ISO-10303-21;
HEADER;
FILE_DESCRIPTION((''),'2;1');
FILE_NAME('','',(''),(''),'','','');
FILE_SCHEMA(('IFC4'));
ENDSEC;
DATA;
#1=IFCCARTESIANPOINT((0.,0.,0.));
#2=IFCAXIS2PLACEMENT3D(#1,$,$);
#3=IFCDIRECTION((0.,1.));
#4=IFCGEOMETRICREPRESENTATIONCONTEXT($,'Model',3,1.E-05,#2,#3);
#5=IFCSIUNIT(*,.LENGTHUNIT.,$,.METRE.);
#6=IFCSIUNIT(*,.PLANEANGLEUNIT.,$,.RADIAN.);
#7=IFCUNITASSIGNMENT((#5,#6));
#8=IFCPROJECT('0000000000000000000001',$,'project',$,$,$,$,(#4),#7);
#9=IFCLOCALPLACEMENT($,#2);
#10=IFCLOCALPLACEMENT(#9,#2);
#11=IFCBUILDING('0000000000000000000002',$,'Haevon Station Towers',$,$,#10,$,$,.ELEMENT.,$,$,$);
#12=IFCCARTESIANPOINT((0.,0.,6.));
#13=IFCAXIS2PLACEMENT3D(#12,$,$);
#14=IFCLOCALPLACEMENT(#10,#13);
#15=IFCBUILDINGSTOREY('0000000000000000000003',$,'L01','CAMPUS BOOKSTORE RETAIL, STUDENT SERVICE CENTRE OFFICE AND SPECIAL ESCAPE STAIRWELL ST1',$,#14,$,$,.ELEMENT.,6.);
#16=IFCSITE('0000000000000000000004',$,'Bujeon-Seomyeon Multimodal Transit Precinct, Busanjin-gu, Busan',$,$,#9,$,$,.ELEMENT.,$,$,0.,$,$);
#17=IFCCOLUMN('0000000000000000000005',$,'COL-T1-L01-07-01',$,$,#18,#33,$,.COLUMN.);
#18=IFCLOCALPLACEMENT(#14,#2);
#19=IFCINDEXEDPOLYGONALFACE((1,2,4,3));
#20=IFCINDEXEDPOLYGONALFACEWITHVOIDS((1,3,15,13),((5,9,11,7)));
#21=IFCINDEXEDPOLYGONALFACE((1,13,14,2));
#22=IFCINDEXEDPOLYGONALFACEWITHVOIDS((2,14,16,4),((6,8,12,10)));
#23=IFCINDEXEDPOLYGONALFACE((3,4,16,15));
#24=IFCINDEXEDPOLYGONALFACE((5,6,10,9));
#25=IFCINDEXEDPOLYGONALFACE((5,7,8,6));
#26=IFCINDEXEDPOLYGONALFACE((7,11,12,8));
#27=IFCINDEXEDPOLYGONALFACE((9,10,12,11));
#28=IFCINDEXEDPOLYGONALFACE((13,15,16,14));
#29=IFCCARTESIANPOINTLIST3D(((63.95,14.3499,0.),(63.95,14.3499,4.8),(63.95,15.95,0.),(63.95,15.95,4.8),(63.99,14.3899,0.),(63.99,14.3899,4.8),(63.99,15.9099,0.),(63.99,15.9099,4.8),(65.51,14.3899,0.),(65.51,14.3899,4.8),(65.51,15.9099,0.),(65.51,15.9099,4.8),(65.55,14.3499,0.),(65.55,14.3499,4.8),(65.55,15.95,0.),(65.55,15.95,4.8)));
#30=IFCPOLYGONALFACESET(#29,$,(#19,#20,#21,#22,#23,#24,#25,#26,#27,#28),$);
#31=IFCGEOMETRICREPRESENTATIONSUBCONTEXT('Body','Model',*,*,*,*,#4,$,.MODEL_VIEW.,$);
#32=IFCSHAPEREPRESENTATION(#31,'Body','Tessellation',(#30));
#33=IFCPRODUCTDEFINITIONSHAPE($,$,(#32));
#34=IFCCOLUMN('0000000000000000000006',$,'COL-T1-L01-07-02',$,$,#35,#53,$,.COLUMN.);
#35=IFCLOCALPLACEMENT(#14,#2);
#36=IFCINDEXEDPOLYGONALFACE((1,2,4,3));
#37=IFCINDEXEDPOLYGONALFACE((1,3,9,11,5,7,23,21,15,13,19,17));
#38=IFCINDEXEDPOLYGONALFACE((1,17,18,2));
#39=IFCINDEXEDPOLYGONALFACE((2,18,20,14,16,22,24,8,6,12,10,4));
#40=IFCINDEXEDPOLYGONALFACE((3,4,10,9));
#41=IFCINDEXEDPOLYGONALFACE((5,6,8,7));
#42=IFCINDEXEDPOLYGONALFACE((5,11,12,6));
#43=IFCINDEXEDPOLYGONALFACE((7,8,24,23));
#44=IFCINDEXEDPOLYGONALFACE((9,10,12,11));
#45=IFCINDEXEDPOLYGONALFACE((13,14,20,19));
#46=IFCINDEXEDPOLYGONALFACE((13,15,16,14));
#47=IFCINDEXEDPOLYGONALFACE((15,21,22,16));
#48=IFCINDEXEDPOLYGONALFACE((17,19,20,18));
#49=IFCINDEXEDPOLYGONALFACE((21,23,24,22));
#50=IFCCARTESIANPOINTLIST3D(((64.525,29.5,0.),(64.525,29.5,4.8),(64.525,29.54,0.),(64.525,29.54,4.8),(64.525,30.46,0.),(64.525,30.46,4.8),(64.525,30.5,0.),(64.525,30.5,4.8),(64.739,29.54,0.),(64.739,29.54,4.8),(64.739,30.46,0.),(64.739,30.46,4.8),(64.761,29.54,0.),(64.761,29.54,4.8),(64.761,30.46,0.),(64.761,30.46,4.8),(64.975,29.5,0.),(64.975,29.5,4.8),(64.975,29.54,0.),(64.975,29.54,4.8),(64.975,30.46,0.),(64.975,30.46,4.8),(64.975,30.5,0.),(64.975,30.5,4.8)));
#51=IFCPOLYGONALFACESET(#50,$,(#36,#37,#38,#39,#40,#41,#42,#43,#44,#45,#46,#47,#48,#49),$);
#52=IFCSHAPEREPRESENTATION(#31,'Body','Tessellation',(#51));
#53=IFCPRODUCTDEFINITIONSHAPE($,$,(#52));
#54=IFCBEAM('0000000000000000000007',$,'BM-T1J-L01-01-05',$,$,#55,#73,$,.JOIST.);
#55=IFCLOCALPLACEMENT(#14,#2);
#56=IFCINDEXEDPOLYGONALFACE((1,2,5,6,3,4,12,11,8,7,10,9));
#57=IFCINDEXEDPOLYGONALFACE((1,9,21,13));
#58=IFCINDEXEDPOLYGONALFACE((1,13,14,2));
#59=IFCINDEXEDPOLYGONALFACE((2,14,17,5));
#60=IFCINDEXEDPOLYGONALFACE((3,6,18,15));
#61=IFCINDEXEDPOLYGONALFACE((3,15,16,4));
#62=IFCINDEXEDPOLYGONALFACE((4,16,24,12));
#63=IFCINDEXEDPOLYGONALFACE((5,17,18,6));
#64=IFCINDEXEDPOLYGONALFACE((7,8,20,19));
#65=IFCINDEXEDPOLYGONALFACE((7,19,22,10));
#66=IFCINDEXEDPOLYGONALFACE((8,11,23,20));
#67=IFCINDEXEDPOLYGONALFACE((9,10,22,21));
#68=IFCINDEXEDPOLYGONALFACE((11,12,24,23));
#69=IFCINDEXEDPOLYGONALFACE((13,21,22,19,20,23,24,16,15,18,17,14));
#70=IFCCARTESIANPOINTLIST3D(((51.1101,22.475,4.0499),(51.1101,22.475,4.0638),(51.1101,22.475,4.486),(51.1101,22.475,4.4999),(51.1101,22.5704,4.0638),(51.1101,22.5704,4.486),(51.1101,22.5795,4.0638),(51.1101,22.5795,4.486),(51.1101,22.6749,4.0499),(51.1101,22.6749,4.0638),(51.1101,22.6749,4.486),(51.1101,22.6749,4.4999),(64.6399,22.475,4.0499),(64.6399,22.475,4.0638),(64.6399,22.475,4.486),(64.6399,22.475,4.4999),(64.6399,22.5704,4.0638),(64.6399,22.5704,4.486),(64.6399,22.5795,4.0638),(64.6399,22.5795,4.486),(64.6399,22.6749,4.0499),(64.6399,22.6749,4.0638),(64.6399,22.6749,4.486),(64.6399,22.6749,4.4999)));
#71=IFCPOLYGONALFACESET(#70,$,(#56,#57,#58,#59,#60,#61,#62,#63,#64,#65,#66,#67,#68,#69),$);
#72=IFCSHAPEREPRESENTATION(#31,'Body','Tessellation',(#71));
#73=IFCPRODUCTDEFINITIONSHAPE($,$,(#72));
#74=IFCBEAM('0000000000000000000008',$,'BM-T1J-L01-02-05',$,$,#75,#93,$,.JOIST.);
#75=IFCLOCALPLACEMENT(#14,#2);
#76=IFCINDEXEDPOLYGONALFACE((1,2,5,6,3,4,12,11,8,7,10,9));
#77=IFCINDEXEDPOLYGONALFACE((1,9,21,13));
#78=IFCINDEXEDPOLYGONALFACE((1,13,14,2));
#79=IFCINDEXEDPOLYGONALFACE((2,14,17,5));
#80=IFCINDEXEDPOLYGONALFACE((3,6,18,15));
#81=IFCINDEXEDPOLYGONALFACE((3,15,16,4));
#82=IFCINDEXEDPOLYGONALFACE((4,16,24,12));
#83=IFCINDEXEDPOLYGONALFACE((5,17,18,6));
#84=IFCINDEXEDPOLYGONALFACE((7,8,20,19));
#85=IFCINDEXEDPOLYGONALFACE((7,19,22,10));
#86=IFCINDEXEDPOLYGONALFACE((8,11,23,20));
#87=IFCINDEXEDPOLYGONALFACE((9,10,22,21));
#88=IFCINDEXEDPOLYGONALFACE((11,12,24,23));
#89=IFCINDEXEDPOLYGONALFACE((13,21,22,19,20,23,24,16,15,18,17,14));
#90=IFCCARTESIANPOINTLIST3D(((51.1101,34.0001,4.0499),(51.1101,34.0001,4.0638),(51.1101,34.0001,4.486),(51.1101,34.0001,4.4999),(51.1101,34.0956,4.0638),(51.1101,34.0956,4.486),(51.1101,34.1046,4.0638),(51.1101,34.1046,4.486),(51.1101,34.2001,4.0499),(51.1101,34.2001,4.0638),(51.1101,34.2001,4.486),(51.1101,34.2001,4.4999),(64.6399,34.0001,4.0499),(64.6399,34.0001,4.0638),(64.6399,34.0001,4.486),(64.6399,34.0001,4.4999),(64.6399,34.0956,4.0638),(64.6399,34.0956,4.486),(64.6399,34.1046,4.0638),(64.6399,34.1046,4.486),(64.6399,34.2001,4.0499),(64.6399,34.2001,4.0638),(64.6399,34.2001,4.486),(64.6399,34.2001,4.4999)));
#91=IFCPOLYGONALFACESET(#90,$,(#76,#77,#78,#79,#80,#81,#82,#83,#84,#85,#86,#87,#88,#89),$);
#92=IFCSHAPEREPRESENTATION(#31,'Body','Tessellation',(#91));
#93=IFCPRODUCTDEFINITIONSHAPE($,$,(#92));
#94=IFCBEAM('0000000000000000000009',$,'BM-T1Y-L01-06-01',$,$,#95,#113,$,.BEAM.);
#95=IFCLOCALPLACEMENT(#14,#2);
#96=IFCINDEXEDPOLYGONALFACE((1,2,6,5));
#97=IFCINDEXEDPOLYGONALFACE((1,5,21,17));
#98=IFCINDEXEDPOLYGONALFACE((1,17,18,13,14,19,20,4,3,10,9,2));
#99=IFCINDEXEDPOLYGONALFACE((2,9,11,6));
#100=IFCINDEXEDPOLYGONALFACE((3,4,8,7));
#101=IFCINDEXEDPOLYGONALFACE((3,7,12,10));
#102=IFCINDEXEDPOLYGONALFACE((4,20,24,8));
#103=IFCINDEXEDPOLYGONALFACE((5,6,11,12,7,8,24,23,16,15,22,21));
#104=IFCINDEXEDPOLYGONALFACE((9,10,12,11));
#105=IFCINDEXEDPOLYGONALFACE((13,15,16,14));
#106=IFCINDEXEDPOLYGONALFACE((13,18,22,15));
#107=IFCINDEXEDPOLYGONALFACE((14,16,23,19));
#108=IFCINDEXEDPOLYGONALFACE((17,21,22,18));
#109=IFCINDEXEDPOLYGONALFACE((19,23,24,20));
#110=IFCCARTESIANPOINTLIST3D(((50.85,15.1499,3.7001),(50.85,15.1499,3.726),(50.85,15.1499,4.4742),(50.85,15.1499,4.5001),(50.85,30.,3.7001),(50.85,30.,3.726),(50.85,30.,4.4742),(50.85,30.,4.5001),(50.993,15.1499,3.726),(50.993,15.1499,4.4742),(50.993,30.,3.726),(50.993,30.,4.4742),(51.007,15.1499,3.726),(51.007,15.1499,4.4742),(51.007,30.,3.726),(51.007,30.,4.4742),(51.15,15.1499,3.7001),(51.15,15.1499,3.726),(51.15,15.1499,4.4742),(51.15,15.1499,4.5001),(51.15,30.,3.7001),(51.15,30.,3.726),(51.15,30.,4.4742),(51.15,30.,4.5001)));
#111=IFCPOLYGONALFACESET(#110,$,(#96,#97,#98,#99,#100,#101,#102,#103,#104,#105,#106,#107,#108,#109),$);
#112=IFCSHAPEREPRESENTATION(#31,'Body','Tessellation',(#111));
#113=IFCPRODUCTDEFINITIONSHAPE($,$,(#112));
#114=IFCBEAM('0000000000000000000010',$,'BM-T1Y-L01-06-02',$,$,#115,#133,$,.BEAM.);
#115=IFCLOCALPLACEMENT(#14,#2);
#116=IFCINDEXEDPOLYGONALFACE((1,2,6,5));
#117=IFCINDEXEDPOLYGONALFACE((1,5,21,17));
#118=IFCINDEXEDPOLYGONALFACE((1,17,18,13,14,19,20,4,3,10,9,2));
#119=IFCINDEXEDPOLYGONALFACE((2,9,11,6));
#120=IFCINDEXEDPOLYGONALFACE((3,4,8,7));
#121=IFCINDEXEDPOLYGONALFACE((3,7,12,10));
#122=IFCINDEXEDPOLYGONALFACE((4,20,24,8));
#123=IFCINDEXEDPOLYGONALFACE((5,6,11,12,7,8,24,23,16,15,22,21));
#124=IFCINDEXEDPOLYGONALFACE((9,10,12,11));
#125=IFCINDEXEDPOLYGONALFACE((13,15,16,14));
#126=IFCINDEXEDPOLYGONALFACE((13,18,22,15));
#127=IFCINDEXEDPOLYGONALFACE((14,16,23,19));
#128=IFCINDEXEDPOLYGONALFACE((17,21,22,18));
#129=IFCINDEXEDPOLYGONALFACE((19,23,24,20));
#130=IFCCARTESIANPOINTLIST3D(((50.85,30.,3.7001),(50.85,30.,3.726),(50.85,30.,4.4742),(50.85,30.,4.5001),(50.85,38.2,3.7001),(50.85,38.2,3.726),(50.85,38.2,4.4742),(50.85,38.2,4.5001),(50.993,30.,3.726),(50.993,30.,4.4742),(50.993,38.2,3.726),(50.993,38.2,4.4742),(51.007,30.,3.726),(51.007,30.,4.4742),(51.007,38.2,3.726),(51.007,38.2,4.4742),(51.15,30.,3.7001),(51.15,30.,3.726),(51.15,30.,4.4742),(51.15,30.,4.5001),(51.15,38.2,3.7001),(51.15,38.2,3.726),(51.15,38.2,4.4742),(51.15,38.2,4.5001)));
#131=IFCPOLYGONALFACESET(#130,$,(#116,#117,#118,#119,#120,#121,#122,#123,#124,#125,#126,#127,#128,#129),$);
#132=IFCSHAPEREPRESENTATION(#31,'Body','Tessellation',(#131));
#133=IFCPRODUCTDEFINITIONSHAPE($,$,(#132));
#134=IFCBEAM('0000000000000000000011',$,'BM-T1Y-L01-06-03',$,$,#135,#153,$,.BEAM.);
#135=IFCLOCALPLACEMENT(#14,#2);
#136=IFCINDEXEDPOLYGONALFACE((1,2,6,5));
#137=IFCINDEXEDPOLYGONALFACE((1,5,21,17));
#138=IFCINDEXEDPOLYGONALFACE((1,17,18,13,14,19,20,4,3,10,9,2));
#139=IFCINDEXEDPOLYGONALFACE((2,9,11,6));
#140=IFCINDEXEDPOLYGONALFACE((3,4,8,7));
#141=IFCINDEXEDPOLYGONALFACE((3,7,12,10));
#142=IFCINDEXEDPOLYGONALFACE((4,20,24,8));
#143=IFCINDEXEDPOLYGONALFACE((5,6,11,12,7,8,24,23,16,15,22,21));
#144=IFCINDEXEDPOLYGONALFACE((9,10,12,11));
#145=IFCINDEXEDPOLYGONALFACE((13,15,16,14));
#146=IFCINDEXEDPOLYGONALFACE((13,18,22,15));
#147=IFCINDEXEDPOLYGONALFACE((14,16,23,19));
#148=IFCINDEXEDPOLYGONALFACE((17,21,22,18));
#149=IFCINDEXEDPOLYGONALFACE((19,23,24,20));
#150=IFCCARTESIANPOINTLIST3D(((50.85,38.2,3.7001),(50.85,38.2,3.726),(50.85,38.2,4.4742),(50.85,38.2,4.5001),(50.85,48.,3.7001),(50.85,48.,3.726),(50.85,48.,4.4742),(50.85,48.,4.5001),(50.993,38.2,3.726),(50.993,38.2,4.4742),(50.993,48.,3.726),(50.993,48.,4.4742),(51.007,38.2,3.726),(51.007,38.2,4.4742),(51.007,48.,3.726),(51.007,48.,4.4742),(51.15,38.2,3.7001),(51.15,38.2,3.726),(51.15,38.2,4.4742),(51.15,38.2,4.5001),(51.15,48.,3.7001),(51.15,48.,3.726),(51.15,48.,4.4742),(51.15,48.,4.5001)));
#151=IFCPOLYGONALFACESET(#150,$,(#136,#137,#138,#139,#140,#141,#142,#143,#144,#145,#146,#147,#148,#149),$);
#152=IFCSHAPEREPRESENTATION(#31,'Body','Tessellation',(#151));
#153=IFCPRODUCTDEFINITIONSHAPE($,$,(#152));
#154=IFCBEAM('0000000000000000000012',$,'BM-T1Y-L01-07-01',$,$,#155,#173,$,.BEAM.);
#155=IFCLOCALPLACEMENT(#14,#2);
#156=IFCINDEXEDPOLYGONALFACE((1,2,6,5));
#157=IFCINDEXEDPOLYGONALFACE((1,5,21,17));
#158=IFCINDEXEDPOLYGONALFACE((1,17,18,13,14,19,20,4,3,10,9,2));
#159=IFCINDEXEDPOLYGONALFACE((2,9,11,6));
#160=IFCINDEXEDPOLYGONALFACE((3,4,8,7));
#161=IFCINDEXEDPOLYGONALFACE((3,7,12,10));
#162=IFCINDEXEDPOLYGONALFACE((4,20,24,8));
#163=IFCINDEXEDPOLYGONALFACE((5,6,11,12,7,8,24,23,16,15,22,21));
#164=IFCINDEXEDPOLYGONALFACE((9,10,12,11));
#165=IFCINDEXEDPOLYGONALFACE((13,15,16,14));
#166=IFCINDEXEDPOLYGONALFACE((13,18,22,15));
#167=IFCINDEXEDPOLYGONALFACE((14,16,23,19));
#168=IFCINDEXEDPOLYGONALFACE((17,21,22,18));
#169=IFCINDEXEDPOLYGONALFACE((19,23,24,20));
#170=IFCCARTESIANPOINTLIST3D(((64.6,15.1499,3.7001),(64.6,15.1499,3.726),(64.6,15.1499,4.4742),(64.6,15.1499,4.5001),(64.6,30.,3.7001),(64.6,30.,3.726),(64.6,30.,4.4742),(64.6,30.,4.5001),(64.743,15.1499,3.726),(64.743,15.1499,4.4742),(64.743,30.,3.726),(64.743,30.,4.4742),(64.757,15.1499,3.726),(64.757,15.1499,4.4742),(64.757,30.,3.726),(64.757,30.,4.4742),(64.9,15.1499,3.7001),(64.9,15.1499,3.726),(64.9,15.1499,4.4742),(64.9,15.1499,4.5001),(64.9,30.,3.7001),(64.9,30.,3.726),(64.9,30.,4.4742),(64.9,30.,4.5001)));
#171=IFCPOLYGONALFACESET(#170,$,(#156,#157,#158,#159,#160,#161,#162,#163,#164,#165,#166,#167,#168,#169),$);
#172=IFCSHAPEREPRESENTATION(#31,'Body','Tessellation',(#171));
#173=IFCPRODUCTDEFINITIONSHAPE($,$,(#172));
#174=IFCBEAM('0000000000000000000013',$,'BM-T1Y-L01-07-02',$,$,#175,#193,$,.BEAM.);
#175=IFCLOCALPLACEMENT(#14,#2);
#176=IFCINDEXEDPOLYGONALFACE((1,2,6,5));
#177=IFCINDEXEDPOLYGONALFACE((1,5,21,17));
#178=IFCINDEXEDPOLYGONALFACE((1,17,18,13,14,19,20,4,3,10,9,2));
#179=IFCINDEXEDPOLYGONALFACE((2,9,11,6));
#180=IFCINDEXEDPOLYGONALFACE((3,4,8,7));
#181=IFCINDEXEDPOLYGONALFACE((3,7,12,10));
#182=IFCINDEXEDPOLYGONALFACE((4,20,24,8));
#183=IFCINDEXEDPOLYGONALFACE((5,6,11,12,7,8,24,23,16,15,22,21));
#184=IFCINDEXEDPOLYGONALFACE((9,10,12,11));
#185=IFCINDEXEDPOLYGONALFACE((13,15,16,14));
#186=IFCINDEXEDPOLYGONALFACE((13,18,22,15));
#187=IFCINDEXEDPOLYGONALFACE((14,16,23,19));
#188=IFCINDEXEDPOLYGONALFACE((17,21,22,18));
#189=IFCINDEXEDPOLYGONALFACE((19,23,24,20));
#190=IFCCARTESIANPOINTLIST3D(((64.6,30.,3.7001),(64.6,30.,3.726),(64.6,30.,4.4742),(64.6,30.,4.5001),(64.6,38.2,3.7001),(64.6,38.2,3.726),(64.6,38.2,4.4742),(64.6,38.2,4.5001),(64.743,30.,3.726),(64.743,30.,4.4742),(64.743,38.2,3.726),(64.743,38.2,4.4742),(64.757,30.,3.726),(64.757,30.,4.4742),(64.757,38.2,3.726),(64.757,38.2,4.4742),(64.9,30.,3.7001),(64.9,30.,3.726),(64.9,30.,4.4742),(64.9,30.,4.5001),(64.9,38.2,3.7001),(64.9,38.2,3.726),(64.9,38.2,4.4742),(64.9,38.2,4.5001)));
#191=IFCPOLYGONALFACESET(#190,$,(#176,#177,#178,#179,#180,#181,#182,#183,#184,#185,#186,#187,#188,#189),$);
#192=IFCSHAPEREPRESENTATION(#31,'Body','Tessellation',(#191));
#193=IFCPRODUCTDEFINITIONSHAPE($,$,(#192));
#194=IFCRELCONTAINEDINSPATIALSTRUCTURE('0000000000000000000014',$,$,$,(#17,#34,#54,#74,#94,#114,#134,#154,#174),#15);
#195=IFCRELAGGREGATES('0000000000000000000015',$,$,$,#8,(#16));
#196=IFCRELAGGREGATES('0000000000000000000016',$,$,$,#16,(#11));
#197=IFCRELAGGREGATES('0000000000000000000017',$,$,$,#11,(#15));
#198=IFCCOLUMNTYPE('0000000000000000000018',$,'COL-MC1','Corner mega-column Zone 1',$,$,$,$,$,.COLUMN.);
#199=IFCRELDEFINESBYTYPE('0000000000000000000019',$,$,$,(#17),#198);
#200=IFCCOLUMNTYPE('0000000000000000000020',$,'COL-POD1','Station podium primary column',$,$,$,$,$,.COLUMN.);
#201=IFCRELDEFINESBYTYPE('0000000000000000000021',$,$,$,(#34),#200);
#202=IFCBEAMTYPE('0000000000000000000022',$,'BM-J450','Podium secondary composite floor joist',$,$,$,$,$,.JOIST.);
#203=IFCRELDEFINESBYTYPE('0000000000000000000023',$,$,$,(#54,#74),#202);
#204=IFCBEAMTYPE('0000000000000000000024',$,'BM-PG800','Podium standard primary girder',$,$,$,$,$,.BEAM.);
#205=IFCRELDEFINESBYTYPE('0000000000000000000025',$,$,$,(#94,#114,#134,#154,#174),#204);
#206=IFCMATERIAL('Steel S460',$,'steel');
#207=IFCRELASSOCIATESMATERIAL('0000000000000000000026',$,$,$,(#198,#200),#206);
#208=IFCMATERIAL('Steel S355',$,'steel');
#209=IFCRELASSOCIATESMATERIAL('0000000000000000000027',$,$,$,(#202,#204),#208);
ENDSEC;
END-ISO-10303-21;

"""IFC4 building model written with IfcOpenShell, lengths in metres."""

from ifc_helpers import new_model, si_unit, direction, frame, origin, origin_2d, place, context, subcontext, project, spatial, hollow_rectangle, i_section, extrude, material, material_profile, profile_set, type_object, element, save


model = new_model("IFC4")

# Units and contexts
model_context = context("Model", 3, precision=1e-05, world=origin(), true_north=direction((0.0, 1.0)))
body_context = subcontext(model_context, "Body", "Model", "MODEL_VIEW")
ifc_project = project(units=[si_unit("LENGTHUNIT", "METRE"), si_unit("PLANEANGLEUNIT", "RADIAN")], contexts=[model_context])

# Site, building, storey
site_placement = place(None, origin())
site = spatial("IfcSite", under=ifc_project, at=site_placement, Name="Bujeon-Seomyeon Multimodal Transit Precinct, Busanjin-gu, Busan", CompositionType="ELEMENT", RefElevation=0.0)
building_placement = place(site_placement, origin())
building = spatial("IfcBuilding", under=site, at=building_placement, Name="Haevon Station Towers", CompositionType="ELEMENT")
storey_placement = place(building_placement, frame((0.0, 0.0, 6.0)))
storey = spatial("IfcBuildingStorey", under=building, at=storey_placement, Name="L01", Description="CAMPUS BOOKSTORE RETAIL, STUDENT SERVICE CENTRE OFFICE AND SPECIAL ESCAPE STAIRWELL ST1", CompositionType="ELEMENT", Elevation=6.0)

# Columns
ifc_material_1 = material(Name="Steel S460", Category="steel")
ifc_material_profile_1 = material_profile(ifc_material_1, hollow_rectangle(XDim=1.6001, YDim=1.6001, WallThickness=0.04, at=origin_2d()), Name="BOX-1600x1600x40")
ifc_profile_set_1 = profile_set([ifc_material_profile_1], Name="Steel S460")
column_type_1 = type_object("IfcColumnType", Name="COL-MC1", Description="Corner mega-column Zone 1", PredefinedType="COLUMN", material=ifc_profile_set_1)
column_1_placement = place(storey_placement, frame((64.75, 15.1499, 0.0), z_axis=(0.0, 0.0, 1.0), x_axis=(1.0, 0.0, 0.0)))
element("IfcColumn", 1, at=column_1_placement, inside=storey, type_object=column_type_1, Name="COL-T1-L01-07-01", PredefinedType="COLUMN", context=body_context, shape_type="SweptSolid", body=[
    extrude(hollow_rectangle(XDim=1.6001, YDim=1.6001, WallThickness=0.04, at=origin_2d()), origin(), (0.0, 0.0, 1.0), 4.8),
])
ifc_material_profile_2 = material_profile(ifc_material_1, i_section(OverallWidth=0.45, OverallDepth=1.0, WebThickness=0.022, FlangeThickness=0.04, at=origin_2d()), Name="H-1000x450x22x40")
ifc_profile_set_2 = profile_set([ifc_material_profile_2], Name="Steel S460")
column_type_2 = type_object("IfcColumnType", Name="COL-POD1", Description="Station podium primary column", PredefinedType="COLUMN", material=ifc_profile_set_2)
column_2_placement = place(storey_placement, frame((64.75, 30.0, 0.0), z_axis=(0.0, 0.0, 1.0), x_axis=(1.0, 0.0, 0.0)))
element("IfcColumn", 2, at=column_2_placement, inside=storey, type_object=column_type_2, Name="COL-T1-L01-07-02", PredefinedType="COLUMN", context=body_context, shape_type="SweptSolid", body=[
    extrude(i_section(OverallWidth=0.45, OverallDepth=1.0, WebThickness=0.022, FlangeThickness=0.04, at=origin_2d()), origin(), (0.0, 0.0, 1.0), 4.8),
])

# Beams
ifc_material_2 = material(Name="Steel S355", Category="steel")
ifc_material_profile_3 = material_profile(ifc_material_2, i_section(OverallWidth=0.2, OverallDepth=0.45, WebThickness=0.009, FlangeThickness=0.0139, at=origin_2d()), Name="H-450x200x9x14")
ifc_profile_set_3 = profile_set([ifc_material_profile_3], Name="Steel S355")
beam_type_1 = type_object("IfcBeamType", Name="BM-J450", Description="Podium secondary composite floor joist", PredefinedType="JOIST", material=ifc_profile_set_3)
for number, where, z_axis, x_axis, name in (
    (3, (51.1101, 22.575, 4.2749), (1.0, 0.0, 0.0), (0.0, 1.0, 0.0), "BM-T1J-L01-01-05"),
    (4, (51.1101, 34.1001, 4.2749), (1.0, 0.0, 0.0), (0.0, 1.0, 0.0), "BM-T1J-L01-02-05"),
):
    element("IfcBeam", number, at=place(storey_placement, frame(where, z_axis=z_axis, x_axis=x_axis)), inside=storey, type_object=beam_type_1, Name=name, PredefinedType="JOIST", context=body_context, shape_type="SweptSolid", body=[
        extrude(i_section(OverallWidth=0.2, OverallDepth=0.45, WebThickness=0.009, FlangeThickness=0.0139, at=origin_2d()), origin(), (0.0, 0.0, 1.0), 13.5298),
    ])
ifc_material_profile_4 = material_profile(ifc_material_2, i_section(OverallWidth=0.3, OverallDepth=0.8, WebThickness=0.0139, FlangeThickness=0.0259, at=origin_2d()), Name="H-800x300x14x26")
ifc_profile_set_4 = profile_set([ifc_material_profile_4], Name="Steel S355")
beam_type_2 = type_object("IfcBeamType", Name="BM-PG800", Description="Podium standard primary girder", PredefinedType="BEAM", material=ifc_profile_set_4)
beam_1_placement = place(storey_placement, frame((51.0, 15.1499, 4.1001), z_axis=(0.0, 1.0, 0.0), x_axis=(-1.0, 0.0, 0.0)))
element("IfcBeam", 5, at=beam_1_placement, inside=storey, type_object=beam_type_2, Name="BM-T1Y-L01-06-01", PredefinedType="BEAM", context=body_context, shape_type="SweptSolid", body=[
    extrude(i_section(OverallWidth=0.3, OverallDepth=0.8, WebThickness=0.0139, FlangeThickness=0.0259, at=origin_2d()), origin(), (0.0, 0.0, 1.0), 14.8501),
])
beam_2_placement = place(storey_placement, frame((51.0, 30.0, 4.1001), z_axis=(0.0, 1.0, 0.0), x_axis=(-1.0, 0.0, 0.0)))
element("IfcBeam", 6, at=beam_2_placement, inside=storey, type_object=beam_type_2, Name="BM-T1Y-L01-06-02", PredefinedType="BEAM", context=body_context, shape_type="SweptSolid", body=[
    extrude(i_section(OverallWidth=0.3, OverallDepth=0.8, WebThickness=0.0139, FlangeThickness=0.0259, at=origin_2d()), origin(), (0.0, 0.0, 1.0), 8.2),
])
beam_3_placement = place(storey_placement, frame((51.0, 38.2, 4.1001), z_axis=(0.0, 1.0, 0.0), x_axis=(-1.0, 0.0, 0.0)))
element("IfcBeam", 7, at=beam_3_placement, inside=storey, type_object=beam_type_2, Name="BM-T1Y-L01-06-03", PredefinedType="BEAM", context=body_context, shape_type="SweptSolid", body=[
    extrude(i_section(OverallWidth=0.3, OverallDepth=0.8, WebThickness=0.0139, FlangeThickness=0.0259, at=origin_2d()), origin(), (0.0, 0.0, 1.0), 9.8),
])
beam_4_placement = place(storey_placement, frame((64.75, 15.1499, 4.1001), z_axis=(0.0, 1.0, 0.0), x_axis=(-1.0, 0.0, 0.0)))
element("IfcBeam", 8, at=beam_4_placement, inside=storey, type_object=beam_type_2, Name="BM-T1Y-L01-07-01", PredefinedType="BEAM", context=body_context, shape_type="SweptSolid", body=[
    extrude(i_section(OverallWidth=0.3, OverallDepth=0.8, WebThickness=0.0139, FlangeThickness=0.0259, at=origin_2d()), origin(), (0.0, 0.0, 1.0), 14.8501),
])
beam_5_placement = place(storey_placement, frame((64.75, 30.0, 4.1001), z_axis=(0.0, 1.0, 0.0), x_axis=(-1.0, 0.0, 0.0)))
element("IfcBeam", 9, at=beam_5_placement, inside=storey, type_object=beam_type_2, Name="BM-T1Y-L01-07-02", PredefinedType="BEAM", context=body_context, shape_type="SweptSolid", body=[
    extrude(i_section(OverallWidth=0.3, OverallDepth=0.8, WebThickness=0.0139, FlangeThickness=0.0259, at=origin_2d()), origin(), (0.0, 0.0, 1.0), 8.2),
])

save(model, "model.ifc")
